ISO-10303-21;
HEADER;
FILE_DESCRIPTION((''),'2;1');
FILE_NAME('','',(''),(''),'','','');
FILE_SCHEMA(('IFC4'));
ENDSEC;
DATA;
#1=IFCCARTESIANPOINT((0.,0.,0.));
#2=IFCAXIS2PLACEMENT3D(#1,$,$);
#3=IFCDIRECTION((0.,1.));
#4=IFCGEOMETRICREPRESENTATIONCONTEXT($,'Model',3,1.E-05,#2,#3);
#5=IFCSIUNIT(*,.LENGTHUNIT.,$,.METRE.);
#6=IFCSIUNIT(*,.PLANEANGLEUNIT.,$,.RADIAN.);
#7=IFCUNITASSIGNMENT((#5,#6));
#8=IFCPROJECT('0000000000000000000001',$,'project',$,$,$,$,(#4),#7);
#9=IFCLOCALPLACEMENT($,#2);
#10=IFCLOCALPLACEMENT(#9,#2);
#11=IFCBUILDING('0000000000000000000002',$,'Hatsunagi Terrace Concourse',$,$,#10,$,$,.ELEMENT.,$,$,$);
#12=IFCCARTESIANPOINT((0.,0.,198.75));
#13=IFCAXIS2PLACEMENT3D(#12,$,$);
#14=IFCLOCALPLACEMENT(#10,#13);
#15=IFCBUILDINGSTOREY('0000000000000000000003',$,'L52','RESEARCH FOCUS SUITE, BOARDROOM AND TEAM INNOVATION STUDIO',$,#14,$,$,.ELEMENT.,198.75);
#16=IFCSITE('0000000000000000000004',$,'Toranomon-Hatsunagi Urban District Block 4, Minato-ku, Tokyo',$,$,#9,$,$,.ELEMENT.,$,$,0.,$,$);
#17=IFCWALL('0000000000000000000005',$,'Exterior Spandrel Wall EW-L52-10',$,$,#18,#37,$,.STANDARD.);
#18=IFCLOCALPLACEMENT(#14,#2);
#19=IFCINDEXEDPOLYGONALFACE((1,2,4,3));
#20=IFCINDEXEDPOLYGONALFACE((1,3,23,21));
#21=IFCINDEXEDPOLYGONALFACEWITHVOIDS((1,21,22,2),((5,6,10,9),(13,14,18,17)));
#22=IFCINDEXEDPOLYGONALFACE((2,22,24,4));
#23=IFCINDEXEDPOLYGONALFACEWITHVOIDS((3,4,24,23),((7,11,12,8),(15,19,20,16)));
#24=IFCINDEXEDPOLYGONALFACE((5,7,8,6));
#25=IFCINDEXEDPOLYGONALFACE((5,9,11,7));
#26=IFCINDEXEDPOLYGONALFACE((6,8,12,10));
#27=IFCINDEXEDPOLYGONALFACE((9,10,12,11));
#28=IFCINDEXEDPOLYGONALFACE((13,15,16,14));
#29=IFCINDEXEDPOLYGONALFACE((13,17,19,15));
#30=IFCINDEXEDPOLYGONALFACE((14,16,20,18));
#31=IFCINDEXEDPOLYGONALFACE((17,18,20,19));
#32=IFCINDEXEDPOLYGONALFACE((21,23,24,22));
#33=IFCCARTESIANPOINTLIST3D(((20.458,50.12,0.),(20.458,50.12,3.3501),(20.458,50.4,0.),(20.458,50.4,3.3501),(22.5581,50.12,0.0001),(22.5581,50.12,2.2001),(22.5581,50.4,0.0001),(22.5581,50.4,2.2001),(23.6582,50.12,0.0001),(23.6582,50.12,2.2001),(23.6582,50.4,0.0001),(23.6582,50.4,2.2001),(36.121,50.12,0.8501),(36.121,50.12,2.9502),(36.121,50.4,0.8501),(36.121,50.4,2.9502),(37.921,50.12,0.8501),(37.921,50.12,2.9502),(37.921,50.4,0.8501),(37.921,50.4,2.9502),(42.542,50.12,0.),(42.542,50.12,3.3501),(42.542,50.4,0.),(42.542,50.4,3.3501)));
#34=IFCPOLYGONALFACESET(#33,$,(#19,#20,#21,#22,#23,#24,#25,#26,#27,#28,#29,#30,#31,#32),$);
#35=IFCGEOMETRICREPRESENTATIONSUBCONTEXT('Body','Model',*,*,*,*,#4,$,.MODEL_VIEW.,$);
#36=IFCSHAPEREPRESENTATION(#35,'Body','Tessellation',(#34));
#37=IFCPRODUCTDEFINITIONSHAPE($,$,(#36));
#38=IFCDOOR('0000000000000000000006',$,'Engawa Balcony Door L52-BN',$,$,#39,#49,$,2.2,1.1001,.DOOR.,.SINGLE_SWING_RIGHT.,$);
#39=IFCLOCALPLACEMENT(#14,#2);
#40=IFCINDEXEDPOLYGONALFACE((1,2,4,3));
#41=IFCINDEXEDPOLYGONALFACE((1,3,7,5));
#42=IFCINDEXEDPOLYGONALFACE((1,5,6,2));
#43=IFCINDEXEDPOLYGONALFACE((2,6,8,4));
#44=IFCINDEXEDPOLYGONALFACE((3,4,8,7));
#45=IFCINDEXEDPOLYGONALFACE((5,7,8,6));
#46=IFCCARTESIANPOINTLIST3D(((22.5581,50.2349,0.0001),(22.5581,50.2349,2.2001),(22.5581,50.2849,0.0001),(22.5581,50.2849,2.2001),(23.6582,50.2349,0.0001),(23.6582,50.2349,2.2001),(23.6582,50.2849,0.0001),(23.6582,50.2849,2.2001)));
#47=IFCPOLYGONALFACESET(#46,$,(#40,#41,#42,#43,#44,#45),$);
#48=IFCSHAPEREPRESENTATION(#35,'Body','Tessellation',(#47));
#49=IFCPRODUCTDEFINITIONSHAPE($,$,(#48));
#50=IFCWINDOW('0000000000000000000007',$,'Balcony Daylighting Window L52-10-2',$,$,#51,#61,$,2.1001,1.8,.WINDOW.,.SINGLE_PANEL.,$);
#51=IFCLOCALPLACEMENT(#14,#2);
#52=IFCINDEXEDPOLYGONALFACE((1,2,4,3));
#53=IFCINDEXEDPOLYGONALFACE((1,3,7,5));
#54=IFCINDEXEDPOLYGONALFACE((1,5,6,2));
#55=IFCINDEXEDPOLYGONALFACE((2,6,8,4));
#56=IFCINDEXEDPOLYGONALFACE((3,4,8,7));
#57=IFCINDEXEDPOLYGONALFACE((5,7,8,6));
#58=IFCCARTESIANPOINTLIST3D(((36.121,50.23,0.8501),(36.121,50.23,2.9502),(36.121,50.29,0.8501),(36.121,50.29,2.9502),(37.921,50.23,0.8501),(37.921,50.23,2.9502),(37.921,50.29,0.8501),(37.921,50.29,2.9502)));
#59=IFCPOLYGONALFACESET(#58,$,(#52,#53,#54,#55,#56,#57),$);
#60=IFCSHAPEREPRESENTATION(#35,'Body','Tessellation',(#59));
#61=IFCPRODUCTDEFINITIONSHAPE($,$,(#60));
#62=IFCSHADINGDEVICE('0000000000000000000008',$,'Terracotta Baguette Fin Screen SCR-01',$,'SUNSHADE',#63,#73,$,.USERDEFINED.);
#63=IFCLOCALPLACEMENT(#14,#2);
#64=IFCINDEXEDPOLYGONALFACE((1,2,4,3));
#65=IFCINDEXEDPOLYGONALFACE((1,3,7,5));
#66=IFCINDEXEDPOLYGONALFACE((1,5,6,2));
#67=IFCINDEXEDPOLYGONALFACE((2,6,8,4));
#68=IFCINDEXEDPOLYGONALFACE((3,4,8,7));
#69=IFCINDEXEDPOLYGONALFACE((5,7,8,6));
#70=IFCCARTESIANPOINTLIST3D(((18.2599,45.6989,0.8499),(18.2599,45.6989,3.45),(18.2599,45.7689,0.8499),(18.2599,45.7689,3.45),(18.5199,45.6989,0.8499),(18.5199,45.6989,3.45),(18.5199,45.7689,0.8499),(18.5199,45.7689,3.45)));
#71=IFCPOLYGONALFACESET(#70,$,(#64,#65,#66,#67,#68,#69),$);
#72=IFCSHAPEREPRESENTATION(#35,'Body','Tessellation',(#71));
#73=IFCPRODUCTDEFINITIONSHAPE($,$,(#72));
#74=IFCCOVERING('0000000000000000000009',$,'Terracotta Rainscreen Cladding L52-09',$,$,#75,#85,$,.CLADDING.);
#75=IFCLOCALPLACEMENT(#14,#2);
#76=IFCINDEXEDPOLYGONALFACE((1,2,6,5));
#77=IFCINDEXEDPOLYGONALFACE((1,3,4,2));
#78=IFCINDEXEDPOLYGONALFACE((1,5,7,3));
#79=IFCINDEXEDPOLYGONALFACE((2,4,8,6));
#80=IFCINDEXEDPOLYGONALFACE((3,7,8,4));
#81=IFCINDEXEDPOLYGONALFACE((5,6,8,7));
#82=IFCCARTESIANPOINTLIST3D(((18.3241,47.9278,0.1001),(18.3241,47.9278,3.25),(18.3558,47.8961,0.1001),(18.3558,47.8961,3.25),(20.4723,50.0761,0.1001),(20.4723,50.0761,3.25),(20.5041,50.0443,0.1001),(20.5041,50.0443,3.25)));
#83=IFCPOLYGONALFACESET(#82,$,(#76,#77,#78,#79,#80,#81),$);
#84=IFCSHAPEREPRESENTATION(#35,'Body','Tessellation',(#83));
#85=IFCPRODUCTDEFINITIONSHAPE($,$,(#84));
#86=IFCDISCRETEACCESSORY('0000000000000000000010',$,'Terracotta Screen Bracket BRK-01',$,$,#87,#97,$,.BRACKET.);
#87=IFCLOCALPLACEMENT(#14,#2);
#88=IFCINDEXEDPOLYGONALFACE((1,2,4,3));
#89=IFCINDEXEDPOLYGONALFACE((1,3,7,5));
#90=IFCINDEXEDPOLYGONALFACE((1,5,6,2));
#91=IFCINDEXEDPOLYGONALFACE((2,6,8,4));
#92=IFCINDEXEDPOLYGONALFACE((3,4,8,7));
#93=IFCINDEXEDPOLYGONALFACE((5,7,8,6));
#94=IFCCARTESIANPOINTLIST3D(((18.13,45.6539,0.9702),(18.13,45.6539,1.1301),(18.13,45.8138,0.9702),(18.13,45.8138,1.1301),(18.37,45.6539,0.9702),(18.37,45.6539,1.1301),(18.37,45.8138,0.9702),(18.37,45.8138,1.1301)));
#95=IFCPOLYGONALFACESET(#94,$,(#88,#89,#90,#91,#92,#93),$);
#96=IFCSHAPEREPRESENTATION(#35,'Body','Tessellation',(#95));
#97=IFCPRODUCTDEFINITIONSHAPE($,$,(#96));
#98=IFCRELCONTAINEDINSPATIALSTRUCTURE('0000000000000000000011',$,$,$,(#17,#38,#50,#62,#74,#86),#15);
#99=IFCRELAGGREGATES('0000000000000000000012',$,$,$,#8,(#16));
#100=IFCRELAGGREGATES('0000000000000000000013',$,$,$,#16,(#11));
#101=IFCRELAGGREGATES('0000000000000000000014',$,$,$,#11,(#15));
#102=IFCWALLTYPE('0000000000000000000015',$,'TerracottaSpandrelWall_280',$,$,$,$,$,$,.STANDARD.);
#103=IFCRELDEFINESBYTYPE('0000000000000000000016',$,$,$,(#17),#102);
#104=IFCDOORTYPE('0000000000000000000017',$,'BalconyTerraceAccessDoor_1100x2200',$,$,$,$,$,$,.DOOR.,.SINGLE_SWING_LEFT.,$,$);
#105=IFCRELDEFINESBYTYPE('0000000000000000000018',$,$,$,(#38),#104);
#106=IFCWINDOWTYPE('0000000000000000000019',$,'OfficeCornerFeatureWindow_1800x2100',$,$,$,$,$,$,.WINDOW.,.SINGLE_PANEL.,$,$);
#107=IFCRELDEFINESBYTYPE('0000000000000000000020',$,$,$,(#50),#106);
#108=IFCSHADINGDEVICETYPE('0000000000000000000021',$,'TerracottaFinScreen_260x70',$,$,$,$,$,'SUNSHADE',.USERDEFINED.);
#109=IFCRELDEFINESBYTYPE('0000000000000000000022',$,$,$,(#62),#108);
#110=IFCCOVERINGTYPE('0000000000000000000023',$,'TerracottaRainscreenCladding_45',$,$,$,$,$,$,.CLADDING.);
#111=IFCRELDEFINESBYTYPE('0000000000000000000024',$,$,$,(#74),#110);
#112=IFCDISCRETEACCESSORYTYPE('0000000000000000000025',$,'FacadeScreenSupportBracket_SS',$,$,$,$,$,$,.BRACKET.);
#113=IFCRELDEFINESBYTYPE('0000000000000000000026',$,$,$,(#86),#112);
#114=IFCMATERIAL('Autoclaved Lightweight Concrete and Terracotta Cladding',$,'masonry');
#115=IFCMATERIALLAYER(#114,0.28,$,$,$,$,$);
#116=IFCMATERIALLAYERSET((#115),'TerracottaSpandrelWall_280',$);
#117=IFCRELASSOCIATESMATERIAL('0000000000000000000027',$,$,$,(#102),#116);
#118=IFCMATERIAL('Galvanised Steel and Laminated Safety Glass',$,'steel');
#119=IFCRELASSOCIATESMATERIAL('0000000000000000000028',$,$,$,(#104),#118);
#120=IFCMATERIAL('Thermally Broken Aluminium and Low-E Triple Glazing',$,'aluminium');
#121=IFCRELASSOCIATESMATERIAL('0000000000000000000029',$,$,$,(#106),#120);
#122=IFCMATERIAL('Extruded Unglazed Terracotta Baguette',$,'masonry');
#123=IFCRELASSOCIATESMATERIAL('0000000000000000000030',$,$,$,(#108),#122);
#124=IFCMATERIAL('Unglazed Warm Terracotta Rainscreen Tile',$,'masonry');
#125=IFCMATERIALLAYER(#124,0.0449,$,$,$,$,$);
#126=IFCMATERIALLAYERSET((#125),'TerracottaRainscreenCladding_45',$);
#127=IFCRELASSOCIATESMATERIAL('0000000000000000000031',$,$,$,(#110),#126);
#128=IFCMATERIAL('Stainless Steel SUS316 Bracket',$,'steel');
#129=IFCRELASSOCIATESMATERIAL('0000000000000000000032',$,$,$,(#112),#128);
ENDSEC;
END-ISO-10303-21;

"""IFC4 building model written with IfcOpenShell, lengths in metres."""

from ifc_helpers import new_model, si_unit, direction, frame, frame_2d, origin, origin_2d, place, context, subcontext, project, spatial, rectangle, extrude, material, layer, layer_set, type_object, element, fill, save


model = new_model("IFC4")

# Units and contexts
model_context = context("Model", 3, precision=1e-05, world=origin(), true_north=direction((0.0, 1.0)))
body_context = subcontext(model_context, "Body", "Model", "MODEL_VIEW")
ifc_project = project(units=[si_unit("LENGTHUNIT", "METRE"), si_unit("PLANEANGLEUNIT", "RADIAN")], contexts=[model_context])

# Site, building, storey
site_placement = place(None, origin())
site = spatial("IfcSite", under=ifc_project, at=site_placement, Name="Toranomon-Hatsunagi Urban District Block 4, Minato-ku, Tokyo", CompositionType="ELEMENT", RefElevation=0.0)
building_placement = place(site_placement, origin())
building = spatial("IfcBuilding", under=site, at=building_placement, Name="Hatsunagi Terrace Concourse", CompositionType="ELEMENT")
storey_placement = place(building_placement, frame((0.0, 0.0, 198.75)))
storey = spatial("IfcBuildingStorey", under=building, at=storey_placement, Name="L52", Description="RESEARCH FOCUS SUITE, BOARDROOM AND TEAM INNOVATION STUDIO", CompositionType="ELEMENT", Elevation=198.75)

# Shared definitions
ifc_material_1 = material(Name="Autoclaved Lightweight Concrete and Terracotta Cladding", Category="masonry")
ifc_layer_1 = layer(ifc_material_1, 0.28)
ifc_layer_set_1 = layer_set([ifc_layer_1], Name="TerracottaSpandrelWall_280")
wall_type_1 = type_object("IfcWallType", Name="TerracottaSpandrelWall_280", PredefinedType="STANDARD", material=ifc_layer_set_1)

# Wall, openings, door, window
wall_1_placement = place(storey_placement, frame((20.458, 50.26, 0.0), z_axis=(0.0, 0.0, 1.0), x_axis=(1.0, 0.0, 0.0)))
wall_1 = element("IfcWall", 1, at=wall_1_placement, inside=storey, type_object=wall_type_1, Name="Exterior Spandrel Wall EW-L52-10", PredefinedType="STANDARD", context=body_context, shape_type="SweptSolid", body=[
    extrude(rectangle(XDim=22.084, YDim=0.28, at=frame_2d((11.042, 0.0))), origin(), (0.0, 0.0, 1.0), 3.3501),
])
opening_1_placement = place(wall_1_placement, frame((2.1001, 0.0, 0.0)))
opening_1 = element("IfcOpeningElement", 2, at=opening_1_placement, cuts=wall_1, PredefinedType="OPENING", context=body_context, shape_type="SweptSolid", body=[
    extrude(rectangle(XDim=1.1001, YDim=2.2, at=frame_2d((0.55, 1.1001))), frame((0.0, 0.1499, 0.0), z_axis=(0.0, -1.0, 0.0), x_axis=(1.0, 0.0, 0.0)), (0.0, 0.0, 1.0), 0.3),
])
opening_2_placement = place(wall_1_placement, frame((15.6631, 0.0, 0.8501)))
opening_2 = element("IfcOpeningElement", 3, at=opening_2_placement, cuts=wall_1, PredefinedType="OPENING", context=body_context, shape_type="SweptSolid", body=[
    extrude(rectangle(XDim=1.8, YDim=2.1001, at=frame_2d((0.8999, 1.05))), frame((0.0, 0.1499, 0.0), z_axis=(0.0, -1.0, 0.0), x_axis=(1.0, 0.0, 0.0)), (0.0, 0.0, 1.0), 0.3),
])
ifc_material_2 = material(Name="Galvanised Steel and Laminated Safety Glass", Category="steel")
door_type_1 = type_object("IfcDoorType", Name="BalconyTerraceAccessDoor_1100x2200", OperationType="SINGLE_SWING_LEFT", PredefinedType="DOOR", material=ifc_material_2)
door_1_placement = place(opening_1_placement, origin())
door_1 = element("IfcDoor", 4, at=door_1_placement, inside=storey, type_object=door_type_1, Name="Engawa Balcony Door L52-BN", OperationType="SINGLE_SWING_RIGHT", OverallHeight=2.2, OverallWidth=1.1001, PredefinedType="DOOR", context=body_context, shape_type="SweptSolid", body=[
    extrude(rectangle(XDim=1.1001, YDim=2.2, at=frame_2d((0.55, 1.1001))), frame((0.0, 0.0249, 0.0), z_axis=(0.0, -1.0, 0.0), x_axis=(1.0, 0.0, 0.0)), (0.0, 0.0, 1.0), 0.05),
])
fill(opening_1, door_1)
ifc_material_3 = material(Name="Thermally Broken Aluminium and Low-E Triple Glazing", Category="aluminium")
window_type = type_object("IfcWindowType", Name="OfficeCornerFeatureWindow_1800x2100", PartitioningType="SINGLE_PANEL", PredefinedType="WINDOW", material=ifc_material_3)
window_placement = place(opening_2_placement, origin())
window = element("IfcWindow", 5, at=window_placement, inside=storey, type_object=window_type, Name="Balcony Daylighting Window L52-10-2", OverallHeight=2.1001, OverallWidth=1.8, PartitioningType="SINGLE_PANEL", PredefinedType="WINDOW", context=body_context, shape_type="SweptSolid", body=[
    extrude(rectangle(XDim=1.8, YDim=2.1001, at=frame_2d((0.8999, 1.05))), frame((0.0, 0.03, 0.0), z_axis=(0.0, -1.0, 0.0), x_axis=(1.0, 0.0, 0.0)), (0.0, 0.0, 1.0), 0.0601),
])
fill(opening_2, window)

# Shading device
ifc_material_4 = material(Name="Extruded Unglazed Terracotta Baguette", Category="masonry")
shading_device_type = type_object("IfcShadingDeviceType", Name="TerracottaFinScreen_260x70", ElementType="SUNSHADE", PredefinedType="USERDEFINED", material=ifc_material_4)
shading_device_placement = place(storey_placement, frame((18.3899, 45.7339, 0.8499), z_axis=(0.0, 0.0, 1.0), x_axis=(0.0, 1.0, 0.0)))
element("IfcShadingDevice", 6, at=shading_device_placement, inside=storey, type_object=shading_device_type, Name="Terracotta Baguette Fin Screen SCR-01", ObjectType="SUNSHADE", PredefinedType="USERDEFINED", context=body_context, shape_type="SweptSolid", body=[
    extrude(rectangle(XDim=0.0701, YDim=0.26, at=origin_2d()), origin(), (0.0, 0.0, 1.0), 2.6001),
])

# Covering
ifc_material_5 = material(Name="Unglazed Warm Terracotta Rainscreen Tile", Category="masonry")
ifc_layer_2 = layer(ifc_material_5, 0.0449)
ifc_layer_set_2 = layer_set([ifc_layer_2], Name="TerracottaRainscreenCladding_45")
covering_type = type_object("IfcCoveringType", Name="TerracottaRainscreenCladding_45", PredefinedType="CLADDING", material=ifc_layer_set_2)
covering_placement = place(storey_placement, frame((19.4141, 48.9861, 0.1001), z_axis=(0.0, 0.0, 1.0), x_axis=(0.707107, 0.707107, 0.0)))
element("IfcCovering", 7, at=covering_placement, inside=storey, type_object=covering_type, Name="Terracotta Rainscreen Cladding L52-09", PredefinedType="CLADDING", context=body_context, shape_type="SweptSolid", body=[
    extrude(rectangle(XDim=3.0381, YDim=0.0449, at=origin_2d()), origin(), (0.0, 0.0, 1.0), 3.1499),
])

# Discrete accessory
ifc_material_6 = material(Name="Stainless Steel SUS316 Bracket", Category="steel")
discrete_accessory_type = type_object("IfcDiscreteAccessoryType", Name="FacadeScreenSupportBracket_SS", PredefinedType="BRACKET", material=ifc_material_6)
discrete_accessory_placement = place(storey_placement, frame((18.25, 45.7339, 0.9702), z_axis=(0.0, 0.0, 1.0), x_axis=(0.0, 1.0, 0.0)))
element("IfcDiscreteAccessory", 8, at=discrete_accessory_placement, inside=storey, type_object=discrete_accessory_type, Name="Terracotta Screen Bracket BRK-01", PredefinedType="BRACKET", context=body_context, shape_type="SweptSolid", body=[
    extrude(rectangle(XDim=0.1599, YDim=0.24, at=origin_2d()), origin(), (0.0, 0.0, 1.0), 0.1599),
])

save(model, "model.ifc")
